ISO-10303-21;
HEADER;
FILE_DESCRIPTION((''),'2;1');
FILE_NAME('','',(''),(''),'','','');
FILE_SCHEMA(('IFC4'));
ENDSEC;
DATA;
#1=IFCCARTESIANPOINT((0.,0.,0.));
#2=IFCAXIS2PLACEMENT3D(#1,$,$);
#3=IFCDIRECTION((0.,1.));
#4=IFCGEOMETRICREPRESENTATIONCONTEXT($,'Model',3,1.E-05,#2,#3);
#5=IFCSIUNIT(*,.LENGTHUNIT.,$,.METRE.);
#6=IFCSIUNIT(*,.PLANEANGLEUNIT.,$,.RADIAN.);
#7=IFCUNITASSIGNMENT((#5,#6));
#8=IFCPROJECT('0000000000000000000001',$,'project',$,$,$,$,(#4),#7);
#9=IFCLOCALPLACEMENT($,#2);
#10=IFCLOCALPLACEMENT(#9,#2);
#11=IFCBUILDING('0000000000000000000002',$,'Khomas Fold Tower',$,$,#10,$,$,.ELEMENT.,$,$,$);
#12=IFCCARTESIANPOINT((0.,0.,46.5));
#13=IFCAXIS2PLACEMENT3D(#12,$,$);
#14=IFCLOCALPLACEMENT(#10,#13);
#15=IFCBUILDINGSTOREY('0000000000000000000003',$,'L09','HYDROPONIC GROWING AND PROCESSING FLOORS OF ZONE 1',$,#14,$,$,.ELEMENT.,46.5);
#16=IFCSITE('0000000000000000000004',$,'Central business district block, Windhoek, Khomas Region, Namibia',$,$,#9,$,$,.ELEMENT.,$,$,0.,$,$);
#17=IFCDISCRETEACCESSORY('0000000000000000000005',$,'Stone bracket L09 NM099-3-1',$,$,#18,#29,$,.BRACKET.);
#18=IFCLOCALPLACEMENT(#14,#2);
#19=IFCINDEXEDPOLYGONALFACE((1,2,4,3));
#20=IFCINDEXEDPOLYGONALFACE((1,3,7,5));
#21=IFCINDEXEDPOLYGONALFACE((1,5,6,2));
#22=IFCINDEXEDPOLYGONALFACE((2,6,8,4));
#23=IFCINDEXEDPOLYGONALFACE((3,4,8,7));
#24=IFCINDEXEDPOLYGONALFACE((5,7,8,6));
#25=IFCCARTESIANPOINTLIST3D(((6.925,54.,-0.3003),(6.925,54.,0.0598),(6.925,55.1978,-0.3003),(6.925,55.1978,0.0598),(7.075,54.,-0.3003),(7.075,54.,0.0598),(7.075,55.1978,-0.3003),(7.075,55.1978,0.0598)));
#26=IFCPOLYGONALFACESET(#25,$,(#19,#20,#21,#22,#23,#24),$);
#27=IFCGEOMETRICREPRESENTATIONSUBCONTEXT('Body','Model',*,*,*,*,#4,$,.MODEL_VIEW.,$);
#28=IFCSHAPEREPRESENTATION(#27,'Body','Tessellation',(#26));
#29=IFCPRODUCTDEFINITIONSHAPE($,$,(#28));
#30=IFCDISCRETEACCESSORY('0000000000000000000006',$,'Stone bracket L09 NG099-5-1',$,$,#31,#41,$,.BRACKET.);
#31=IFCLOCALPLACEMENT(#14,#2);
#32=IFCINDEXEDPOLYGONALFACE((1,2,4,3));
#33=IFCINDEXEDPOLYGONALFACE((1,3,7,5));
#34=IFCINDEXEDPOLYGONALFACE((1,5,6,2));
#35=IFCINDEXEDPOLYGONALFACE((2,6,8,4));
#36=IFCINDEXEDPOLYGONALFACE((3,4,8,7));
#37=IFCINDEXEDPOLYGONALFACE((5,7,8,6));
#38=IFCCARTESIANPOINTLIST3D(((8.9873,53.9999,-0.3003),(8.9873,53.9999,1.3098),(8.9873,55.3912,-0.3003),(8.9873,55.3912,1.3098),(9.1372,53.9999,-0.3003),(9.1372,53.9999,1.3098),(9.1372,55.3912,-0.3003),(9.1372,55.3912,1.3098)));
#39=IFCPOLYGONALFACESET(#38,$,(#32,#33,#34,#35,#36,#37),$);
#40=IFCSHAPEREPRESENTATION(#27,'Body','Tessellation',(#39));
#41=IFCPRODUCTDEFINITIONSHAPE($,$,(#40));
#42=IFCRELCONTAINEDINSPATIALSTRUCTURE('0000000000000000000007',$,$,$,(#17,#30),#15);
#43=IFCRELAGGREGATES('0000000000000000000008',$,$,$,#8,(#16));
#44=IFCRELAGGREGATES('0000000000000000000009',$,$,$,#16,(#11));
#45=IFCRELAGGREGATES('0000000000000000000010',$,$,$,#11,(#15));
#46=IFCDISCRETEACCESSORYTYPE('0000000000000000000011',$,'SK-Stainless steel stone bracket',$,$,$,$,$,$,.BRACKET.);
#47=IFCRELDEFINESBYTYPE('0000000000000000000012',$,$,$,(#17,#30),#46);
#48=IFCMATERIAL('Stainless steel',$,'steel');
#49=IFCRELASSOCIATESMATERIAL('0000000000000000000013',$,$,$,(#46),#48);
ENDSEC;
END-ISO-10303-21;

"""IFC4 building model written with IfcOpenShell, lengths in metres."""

from ifc_helpers import new_model, si_unit, direction, frame, origin, origin_2d, place, context, subcontext, project, spatial, rectangle, extrude, source, transform, mapped, material, type_object, element, save


model = new_model("IFC4")

# Units and contexts
model_context = context("Model", 3, precision=1e-05, world=origin(), true_north=direction((0.0, 1.0)))
body_context = subcontext(model_context, "Body", "Model", "MODEL_VIEW")
ifc_project = project(units=[si_unit("LENGTHUNIT", "METRE"), si_unit("PLANEANGLEUNIT", "RADIAN")], contexts=[model_context])

# Site, building, storey
site_placement = place(None, origin())
site = spatial("IfcSite", under=ifc_project, at=site_placement, Name="Central business district block, Windhoek, Khomas Region, Namibia", CompositionType="ELEMENT", RefElevation=0.0)
building_placement = place(site_placement, origin())
building = spatial("IfcBuilding", under=site, at=building_placement, Name="Khomas Fold Tower", CompositionType="ELEMENT")
storey_placement = place(building_placement, frame((0.0, 0.0, 46.5)))
storey = spatial("IfcBuildingStorey", under=building, at=storey_placement, Name="L09", Description="HYDROPONIC GROWING AND PROCESSING FLOORS OF ZONE 1", CompositionType="ELEMENT", Elevation=46.5)

# Discrete accessories
ifc_material_1 = material(Name="Stainless steel", Category="steel")
discrete_accessory_type = type_object("IfcDiscreteAccessoryType", Name="SK-Stainless steel stone bracket", PredefinedType="BRACKET", material=ifc_material_1)
shared_shape_1 = source(origin(), body_context, "Body", "SweptSolid", [
    extrude(rectangle(XDim=1.1978, YDim=0.1499, at=origin_2d()), origin(), (0.0, 0.0, 1.0), 0.3601),
])
discrete_accessory_1_placement = place(storey_placement, frame((7.0, 54.5989, -0.3003), z_axis=(0.0, 0.0, 1.0), x_axis=(0.0, 1.0, 0.0)))
element("IfcDiscreteAccessory", 1, at=discrete_accessory_1_placement, inside=storey, type_object=discrete_accessory_type, Name="Stone bracket L09 NM099-3-1", PredefinedType="BRACKET", context=body_context, shape_type="MappedRepresentation", body=[
    mapped(shared_shape_1, transform((0.0, 0.0, 0.0))),
])
shared_shape_2 = source(origin(), body_context, "Body", "SweptSolid", [
    extrude(rectangle(XDim=1.3914, YDim=0.1499, at=origin_2d()), origin(), (0.0, 0.0, 1.0), 1.6101),
])
discrete_accessory_2_placement = place(storey_placement, frame((9.0623, 54.6956, -0.3003), z_axis=(0.0, 0.0, 1.0), x_axis=(0.0, 1.0, 0.0)))
element("IfcDiscreteAccessory", 2, at=discrete_accessory_2_placement, inside=storey, type_object=discrete_accessory_type, Name="Stone bracket L09 NG099-5-1", PredefinedType="BRACKET", context=body_context, shape_type="MappedRepresentation", body=[
    mapped(shared_shape_2, transform((0.0, 0.0, 0.0))),
])

save(model, "model.ifc")
